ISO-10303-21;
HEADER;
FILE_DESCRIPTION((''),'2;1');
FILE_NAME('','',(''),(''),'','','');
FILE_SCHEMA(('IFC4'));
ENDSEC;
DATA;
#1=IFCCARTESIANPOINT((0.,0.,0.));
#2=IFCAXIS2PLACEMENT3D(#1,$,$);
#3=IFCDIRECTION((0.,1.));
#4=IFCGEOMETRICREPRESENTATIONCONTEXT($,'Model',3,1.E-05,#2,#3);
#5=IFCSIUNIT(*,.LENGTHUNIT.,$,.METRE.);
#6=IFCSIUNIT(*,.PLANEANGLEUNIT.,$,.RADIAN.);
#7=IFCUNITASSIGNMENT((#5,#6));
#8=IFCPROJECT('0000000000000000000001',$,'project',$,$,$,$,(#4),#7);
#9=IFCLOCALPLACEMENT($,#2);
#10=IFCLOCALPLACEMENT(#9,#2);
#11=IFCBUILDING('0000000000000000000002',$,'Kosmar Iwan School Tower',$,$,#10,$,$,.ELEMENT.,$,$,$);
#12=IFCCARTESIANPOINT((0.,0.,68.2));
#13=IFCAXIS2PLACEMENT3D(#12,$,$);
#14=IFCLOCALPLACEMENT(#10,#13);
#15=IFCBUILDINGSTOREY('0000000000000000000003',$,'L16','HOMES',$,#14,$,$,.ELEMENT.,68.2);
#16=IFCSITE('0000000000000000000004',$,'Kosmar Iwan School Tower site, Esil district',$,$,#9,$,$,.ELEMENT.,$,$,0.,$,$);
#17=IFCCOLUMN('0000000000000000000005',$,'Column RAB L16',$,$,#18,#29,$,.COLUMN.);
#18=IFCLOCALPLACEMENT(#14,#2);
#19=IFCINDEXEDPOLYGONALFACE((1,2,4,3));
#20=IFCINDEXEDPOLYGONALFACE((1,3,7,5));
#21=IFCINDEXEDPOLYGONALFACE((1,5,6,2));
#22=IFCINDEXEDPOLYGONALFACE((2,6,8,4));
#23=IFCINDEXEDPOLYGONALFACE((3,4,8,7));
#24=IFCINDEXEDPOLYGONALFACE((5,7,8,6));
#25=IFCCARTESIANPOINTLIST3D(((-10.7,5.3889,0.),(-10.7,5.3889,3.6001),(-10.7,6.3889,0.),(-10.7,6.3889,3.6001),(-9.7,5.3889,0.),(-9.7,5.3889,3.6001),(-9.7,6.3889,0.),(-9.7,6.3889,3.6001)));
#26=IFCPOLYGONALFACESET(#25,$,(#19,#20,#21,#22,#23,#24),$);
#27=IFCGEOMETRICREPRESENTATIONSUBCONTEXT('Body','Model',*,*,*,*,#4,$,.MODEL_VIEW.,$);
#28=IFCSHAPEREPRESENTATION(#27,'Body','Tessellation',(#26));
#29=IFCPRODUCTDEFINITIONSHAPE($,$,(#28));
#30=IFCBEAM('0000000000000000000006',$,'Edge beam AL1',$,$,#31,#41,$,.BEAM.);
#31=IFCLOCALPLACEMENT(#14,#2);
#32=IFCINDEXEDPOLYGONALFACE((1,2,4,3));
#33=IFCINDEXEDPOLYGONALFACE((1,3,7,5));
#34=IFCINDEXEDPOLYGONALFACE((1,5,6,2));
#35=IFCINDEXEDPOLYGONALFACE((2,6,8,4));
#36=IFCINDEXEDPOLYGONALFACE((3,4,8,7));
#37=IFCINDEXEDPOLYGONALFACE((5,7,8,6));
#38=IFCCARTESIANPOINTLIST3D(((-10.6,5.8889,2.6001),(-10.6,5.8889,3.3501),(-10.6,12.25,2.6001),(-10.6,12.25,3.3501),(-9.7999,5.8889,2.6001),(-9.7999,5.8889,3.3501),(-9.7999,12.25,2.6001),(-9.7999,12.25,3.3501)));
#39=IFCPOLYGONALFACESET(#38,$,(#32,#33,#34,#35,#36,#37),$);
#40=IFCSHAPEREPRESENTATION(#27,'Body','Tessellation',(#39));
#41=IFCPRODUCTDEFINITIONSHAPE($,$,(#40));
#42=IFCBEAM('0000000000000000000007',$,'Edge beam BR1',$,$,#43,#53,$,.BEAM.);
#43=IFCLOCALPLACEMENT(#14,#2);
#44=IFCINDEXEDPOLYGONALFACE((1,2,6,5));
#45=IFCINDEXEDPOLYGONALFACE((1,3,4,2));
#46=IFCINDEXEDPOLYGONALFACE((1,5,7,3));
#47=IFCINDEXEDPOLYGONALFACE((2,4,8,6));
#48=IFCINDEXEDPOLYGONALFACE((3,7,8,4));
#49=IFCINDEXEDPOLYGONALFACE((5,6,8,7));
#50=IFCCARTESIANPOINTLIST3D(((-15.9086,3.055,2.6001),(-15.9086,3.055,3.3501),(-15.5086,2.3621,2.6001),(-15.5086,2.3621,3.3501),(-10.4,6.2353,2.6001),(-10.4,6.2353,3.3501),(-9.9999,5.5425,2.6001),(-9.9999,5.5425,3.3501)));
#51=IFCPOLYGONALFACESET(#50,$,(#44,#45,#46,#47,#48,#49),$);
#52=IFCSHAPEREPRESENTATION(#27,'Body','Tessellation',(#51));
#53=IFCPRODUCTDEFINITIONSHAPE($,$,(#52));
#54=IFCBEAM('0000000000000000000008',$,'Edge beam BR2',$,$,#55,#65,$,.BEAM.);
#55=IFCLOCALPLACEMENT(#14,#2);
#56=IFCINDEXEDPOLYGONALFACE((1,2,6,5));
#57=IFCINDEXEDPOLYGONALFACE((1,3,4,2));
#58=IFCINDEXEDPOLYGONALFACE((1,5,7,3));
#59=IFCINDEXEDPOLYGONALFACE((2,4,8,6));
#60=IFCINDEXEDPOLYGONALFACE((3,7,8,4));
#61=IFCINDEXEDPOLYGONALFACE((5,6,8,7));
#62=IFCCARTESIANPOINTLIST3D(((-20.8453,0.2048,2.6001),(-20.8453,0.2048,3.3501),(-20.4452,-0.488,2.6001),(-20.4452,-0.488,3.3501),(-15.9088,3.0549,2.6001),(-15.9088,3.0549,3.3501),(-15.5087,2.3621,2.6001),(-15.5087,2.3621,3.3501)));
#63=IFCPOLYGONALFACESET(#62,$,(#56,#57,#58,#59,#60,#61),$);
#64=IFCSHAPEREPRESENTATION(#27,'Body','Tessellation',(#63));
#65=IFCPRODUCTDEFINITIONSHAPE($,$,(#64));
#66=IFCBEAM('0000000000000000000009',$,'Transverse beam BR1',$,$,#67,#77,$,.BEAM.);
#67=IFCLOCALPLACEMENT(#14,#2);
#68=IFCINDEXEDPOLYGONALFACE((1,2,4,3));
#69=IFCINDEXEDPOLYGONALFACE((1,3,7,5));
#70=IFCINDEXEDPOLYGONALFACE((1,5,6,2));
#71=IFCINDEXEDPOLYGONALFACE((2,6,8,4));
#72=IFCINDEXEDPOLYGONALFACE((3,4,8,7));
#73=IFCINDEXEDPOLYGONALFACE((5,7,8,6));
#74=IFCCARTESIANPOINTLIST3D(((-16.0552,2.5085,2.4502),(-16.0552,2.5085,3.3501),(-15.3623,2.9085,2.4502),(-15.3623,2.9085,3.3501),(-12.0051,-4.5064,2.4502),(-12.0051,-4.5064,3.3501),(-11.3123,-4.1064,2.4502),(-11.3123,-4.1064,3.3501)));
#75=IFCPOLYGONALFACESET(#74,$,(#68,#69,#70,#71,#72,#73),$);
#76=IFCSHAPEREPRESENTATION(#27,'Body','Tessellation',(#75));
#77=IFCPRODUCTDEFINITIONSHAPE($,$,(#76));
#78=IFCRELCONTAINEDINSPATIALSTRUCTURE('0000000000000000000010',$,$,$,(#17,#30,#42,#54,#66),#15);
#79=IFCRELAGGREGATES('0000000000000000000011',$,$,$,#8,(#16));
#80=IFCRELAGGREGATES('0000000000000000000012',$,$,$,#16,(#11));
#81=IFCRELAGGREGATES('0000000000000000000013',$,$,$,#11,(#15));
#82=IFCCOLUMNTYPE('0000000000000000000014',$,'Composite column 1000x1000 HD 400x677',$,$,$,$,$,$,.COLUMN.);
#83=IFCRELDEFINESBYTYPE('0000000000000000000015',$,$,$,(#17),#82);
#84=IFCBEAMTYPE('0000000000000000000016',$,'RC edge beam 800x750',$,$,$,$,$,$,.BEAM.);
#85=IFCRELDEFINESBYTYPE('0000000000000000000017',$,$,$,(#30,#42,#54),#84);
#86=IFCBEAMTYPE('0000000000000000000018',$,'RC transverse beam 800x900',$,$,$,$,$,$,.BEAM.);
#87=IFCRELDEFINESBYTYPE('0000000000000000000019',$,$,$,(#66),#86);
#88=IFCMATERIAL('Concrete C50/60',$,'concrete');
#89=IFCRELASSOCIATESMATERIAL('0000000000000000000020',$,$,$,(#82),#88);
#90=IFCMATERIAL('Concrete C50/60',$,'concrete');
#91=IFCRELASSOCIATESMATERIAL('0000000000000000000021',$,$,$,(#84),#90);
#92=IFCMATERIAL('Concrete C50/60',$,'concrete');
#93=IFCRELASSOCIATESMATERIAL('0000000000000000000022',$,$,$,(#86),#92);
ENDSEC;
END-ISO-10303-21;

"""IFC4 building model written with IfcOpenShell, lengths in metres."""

from ifc_helpers import new_model, si_unit, direction, frame, origin, origin_2d, place, context, subcontext, project, spatial, rectangle, extrude, material, material_profile, profile_set, type_object, element, save


model = new_model("IFC4")

# Units and contexts
model_context = context("Model", 3, precision=1e-05, world=origin(), true_north=direction((0.0, 1.0)))
body_context = subcontext(model_context, "Body", "Model", "MODEL_VIEW")
ifc_project = project(units=[si_unit("LENGTHUNIT", "METRE"), si_unit("PLANEANGLEUNIT", "RADIAN")], contexts=[model_context])

# Site, building, storey
site_placement = place(None, origin())
site = spatial("IfcSite", under=ifc_project, at=site_placement, Name="Kosmar Iwan School Tower site, Esil district", CompositionType="ELEMENT", RefElevation=0.0)
building_placement = place(site_placement, origin())
building = spatial("IfcBuilding", under=site, at=building_placement, Name="Kosmar Iwan School Tower", CompositionType="ELEMENT")
storey_placement = place(building_placement, frame((0.0, 0.0, 68.2)))
storey = spatial("IfcBuildingStorey", under=building, at=storey_placement, Name="L16", Description="HOMES", CompositionType="ELEMENT", Elevation=68.2)

# Column
ifc_material_1 = material(Name="Concrete C50/60", Category="concrete")
ifc_material_profile_1 = material_profile(ifc_material_1, rectangle(XDim=1.0, YDim=1.0, at=origin_2d()), Name="RC 1000x1000 + HD 400x677")
ifc_profile_set_1 = profile_set([ifc_material_profile_1], Name="Concrete C50/60")
column_type = type_object("IfcColumnType", Name="Composite column 1000x1000 HD 400x677", PredefinedType="COLUMN", material=ifc_profile_set_1)
column_placement = place(storey_placement, frame((-10.2, 5.8889, 0.0), z_axis=(0.0, 0.0, 1.0), x_axis=(1.0, 0.0, 0.0)))
element("IfcColumn", 1, at=column_placement, inside=storey, type_object=column_type, Name="Column RAB L16", PredefinedType="COLUMN", context=body_context, shape_type="SweptSolid", body=[
    extrude(rectangle(XDim=1.0, YDim=1.0, at=origin_2d()), origin(), (0.0, 0.0, 1.0), 3.6001),
])

# Beams
ifc_material_2 = material(Name="Concrete C50/60", Category="concrete")
ifc_material_profile_2 = material_profile(ifc_material_2, rectangle(XDim=0.8, YDim=0.75, at=origin_2d()), Name="RC 800x750")
ifc_profile_set_2 = profile_set([ifc_material_profile_2], Name="Concrete C50/60")
beam_type_1 = type_object("IfcBeamType", Name="RC edge beam 800x750", PredefinedType="BEAM", material=ifc_profile_set_2)
beam_1_placement = place(storey_placement, frame((-10.2, 5.8889, 2.9751), z_axis=(0.0, 1.0, 0.0), x_axis=(-1.0, 0.0, 0.0)))
element("IfcBeam", 2, at=beam_1_placement, inside=storey, type_object=beam_type_1, Name="Edge beam AL1", PredefinedType="BEAM", context=body_context, shape_type="SweptSolid", body=[
    extrude(rectangle(XDim=0.8, YDim=0.75, at=origin_2d()), origin(), (0.0, 0.0, 1.0), 6.3611),
])
beam_2_placement = place(storey_placement, frame((-10.2, 5.8889, 2.9751), z_axis=(-0.866031, -0.49999, 0.0), x_axis=(0.49999, -0.866031, 0.0)))
element("IfcBeam", 3, at=beam_2_placement, inside=storey, type_object=beam_type_1, Name="Edge beam BR1", PredefinedType="BEAM", context=body_context, shape_type="SweptSolid", body=[
    extrude(rectangle(XDim=0.8, YDim=0.75, at=origin_2d()), origin(), (0.0, 0.0, 1.0), 6.3608),
])
beam_3_placement = place(storey_placement, frame((-15.7087, 2.7085, 2.9751), z_axis=(-0.866026, -0.499999, 0.0), x_axis=(0.499999, -0.866026, 0.0)))
element("IfcBeam", 4, at=beam_3_placement, inside=storey, type_object=beam_type_1, Name="Edge beam BR2", PredefinedType="BEAM", context=body_context, shape_type="SweptSolid", body=[
    extrude(rectangle(XDim=0.8, YDim=0.75, at=origin_2d()), origin(), (0.0, 0.0, 1.0), 5.7002),
])
ifc_material_3 = material(Name="Concrete C50/60", Category="concrete")
ifc_material_profile_3 = material_profile(ifc_material_3, rectangle(XDim=0.8, YDim=0.8999, at=origin_2d()), Name="RC 800x900")
ifc_profile_set_3 = profile_set([ifc_material_profile_3], Name="Concrete C50/60")
beam_type_2 = type_object("IfcBeamType", Name="RC transverse beam 800x900", PredefinedType="BEAM", material=ifc_profile_set_3)
beam_4_placement = place(storey_placement, frame((-15.7087, 2.7085, 2.9001), z_axis=(0.5, -0.866025, 0.0), x_axis=(0.866025, 0.5, 0.0)))
element("IfcBeam", 5, at=beam_4_placement, inside=storey, type_object=beam_type_2, Name="Transverse beam BR1", PredefinedType="BEAM", context=body_context, shape_type="SweptSolid", body=[
    extrude(rectangle(XDim=0.8, YDim=0.8999, at=origin_2d()), origin(), (0.0, 0.0, 1.0), 8.1001),
])

save(model, "model.ifc")
